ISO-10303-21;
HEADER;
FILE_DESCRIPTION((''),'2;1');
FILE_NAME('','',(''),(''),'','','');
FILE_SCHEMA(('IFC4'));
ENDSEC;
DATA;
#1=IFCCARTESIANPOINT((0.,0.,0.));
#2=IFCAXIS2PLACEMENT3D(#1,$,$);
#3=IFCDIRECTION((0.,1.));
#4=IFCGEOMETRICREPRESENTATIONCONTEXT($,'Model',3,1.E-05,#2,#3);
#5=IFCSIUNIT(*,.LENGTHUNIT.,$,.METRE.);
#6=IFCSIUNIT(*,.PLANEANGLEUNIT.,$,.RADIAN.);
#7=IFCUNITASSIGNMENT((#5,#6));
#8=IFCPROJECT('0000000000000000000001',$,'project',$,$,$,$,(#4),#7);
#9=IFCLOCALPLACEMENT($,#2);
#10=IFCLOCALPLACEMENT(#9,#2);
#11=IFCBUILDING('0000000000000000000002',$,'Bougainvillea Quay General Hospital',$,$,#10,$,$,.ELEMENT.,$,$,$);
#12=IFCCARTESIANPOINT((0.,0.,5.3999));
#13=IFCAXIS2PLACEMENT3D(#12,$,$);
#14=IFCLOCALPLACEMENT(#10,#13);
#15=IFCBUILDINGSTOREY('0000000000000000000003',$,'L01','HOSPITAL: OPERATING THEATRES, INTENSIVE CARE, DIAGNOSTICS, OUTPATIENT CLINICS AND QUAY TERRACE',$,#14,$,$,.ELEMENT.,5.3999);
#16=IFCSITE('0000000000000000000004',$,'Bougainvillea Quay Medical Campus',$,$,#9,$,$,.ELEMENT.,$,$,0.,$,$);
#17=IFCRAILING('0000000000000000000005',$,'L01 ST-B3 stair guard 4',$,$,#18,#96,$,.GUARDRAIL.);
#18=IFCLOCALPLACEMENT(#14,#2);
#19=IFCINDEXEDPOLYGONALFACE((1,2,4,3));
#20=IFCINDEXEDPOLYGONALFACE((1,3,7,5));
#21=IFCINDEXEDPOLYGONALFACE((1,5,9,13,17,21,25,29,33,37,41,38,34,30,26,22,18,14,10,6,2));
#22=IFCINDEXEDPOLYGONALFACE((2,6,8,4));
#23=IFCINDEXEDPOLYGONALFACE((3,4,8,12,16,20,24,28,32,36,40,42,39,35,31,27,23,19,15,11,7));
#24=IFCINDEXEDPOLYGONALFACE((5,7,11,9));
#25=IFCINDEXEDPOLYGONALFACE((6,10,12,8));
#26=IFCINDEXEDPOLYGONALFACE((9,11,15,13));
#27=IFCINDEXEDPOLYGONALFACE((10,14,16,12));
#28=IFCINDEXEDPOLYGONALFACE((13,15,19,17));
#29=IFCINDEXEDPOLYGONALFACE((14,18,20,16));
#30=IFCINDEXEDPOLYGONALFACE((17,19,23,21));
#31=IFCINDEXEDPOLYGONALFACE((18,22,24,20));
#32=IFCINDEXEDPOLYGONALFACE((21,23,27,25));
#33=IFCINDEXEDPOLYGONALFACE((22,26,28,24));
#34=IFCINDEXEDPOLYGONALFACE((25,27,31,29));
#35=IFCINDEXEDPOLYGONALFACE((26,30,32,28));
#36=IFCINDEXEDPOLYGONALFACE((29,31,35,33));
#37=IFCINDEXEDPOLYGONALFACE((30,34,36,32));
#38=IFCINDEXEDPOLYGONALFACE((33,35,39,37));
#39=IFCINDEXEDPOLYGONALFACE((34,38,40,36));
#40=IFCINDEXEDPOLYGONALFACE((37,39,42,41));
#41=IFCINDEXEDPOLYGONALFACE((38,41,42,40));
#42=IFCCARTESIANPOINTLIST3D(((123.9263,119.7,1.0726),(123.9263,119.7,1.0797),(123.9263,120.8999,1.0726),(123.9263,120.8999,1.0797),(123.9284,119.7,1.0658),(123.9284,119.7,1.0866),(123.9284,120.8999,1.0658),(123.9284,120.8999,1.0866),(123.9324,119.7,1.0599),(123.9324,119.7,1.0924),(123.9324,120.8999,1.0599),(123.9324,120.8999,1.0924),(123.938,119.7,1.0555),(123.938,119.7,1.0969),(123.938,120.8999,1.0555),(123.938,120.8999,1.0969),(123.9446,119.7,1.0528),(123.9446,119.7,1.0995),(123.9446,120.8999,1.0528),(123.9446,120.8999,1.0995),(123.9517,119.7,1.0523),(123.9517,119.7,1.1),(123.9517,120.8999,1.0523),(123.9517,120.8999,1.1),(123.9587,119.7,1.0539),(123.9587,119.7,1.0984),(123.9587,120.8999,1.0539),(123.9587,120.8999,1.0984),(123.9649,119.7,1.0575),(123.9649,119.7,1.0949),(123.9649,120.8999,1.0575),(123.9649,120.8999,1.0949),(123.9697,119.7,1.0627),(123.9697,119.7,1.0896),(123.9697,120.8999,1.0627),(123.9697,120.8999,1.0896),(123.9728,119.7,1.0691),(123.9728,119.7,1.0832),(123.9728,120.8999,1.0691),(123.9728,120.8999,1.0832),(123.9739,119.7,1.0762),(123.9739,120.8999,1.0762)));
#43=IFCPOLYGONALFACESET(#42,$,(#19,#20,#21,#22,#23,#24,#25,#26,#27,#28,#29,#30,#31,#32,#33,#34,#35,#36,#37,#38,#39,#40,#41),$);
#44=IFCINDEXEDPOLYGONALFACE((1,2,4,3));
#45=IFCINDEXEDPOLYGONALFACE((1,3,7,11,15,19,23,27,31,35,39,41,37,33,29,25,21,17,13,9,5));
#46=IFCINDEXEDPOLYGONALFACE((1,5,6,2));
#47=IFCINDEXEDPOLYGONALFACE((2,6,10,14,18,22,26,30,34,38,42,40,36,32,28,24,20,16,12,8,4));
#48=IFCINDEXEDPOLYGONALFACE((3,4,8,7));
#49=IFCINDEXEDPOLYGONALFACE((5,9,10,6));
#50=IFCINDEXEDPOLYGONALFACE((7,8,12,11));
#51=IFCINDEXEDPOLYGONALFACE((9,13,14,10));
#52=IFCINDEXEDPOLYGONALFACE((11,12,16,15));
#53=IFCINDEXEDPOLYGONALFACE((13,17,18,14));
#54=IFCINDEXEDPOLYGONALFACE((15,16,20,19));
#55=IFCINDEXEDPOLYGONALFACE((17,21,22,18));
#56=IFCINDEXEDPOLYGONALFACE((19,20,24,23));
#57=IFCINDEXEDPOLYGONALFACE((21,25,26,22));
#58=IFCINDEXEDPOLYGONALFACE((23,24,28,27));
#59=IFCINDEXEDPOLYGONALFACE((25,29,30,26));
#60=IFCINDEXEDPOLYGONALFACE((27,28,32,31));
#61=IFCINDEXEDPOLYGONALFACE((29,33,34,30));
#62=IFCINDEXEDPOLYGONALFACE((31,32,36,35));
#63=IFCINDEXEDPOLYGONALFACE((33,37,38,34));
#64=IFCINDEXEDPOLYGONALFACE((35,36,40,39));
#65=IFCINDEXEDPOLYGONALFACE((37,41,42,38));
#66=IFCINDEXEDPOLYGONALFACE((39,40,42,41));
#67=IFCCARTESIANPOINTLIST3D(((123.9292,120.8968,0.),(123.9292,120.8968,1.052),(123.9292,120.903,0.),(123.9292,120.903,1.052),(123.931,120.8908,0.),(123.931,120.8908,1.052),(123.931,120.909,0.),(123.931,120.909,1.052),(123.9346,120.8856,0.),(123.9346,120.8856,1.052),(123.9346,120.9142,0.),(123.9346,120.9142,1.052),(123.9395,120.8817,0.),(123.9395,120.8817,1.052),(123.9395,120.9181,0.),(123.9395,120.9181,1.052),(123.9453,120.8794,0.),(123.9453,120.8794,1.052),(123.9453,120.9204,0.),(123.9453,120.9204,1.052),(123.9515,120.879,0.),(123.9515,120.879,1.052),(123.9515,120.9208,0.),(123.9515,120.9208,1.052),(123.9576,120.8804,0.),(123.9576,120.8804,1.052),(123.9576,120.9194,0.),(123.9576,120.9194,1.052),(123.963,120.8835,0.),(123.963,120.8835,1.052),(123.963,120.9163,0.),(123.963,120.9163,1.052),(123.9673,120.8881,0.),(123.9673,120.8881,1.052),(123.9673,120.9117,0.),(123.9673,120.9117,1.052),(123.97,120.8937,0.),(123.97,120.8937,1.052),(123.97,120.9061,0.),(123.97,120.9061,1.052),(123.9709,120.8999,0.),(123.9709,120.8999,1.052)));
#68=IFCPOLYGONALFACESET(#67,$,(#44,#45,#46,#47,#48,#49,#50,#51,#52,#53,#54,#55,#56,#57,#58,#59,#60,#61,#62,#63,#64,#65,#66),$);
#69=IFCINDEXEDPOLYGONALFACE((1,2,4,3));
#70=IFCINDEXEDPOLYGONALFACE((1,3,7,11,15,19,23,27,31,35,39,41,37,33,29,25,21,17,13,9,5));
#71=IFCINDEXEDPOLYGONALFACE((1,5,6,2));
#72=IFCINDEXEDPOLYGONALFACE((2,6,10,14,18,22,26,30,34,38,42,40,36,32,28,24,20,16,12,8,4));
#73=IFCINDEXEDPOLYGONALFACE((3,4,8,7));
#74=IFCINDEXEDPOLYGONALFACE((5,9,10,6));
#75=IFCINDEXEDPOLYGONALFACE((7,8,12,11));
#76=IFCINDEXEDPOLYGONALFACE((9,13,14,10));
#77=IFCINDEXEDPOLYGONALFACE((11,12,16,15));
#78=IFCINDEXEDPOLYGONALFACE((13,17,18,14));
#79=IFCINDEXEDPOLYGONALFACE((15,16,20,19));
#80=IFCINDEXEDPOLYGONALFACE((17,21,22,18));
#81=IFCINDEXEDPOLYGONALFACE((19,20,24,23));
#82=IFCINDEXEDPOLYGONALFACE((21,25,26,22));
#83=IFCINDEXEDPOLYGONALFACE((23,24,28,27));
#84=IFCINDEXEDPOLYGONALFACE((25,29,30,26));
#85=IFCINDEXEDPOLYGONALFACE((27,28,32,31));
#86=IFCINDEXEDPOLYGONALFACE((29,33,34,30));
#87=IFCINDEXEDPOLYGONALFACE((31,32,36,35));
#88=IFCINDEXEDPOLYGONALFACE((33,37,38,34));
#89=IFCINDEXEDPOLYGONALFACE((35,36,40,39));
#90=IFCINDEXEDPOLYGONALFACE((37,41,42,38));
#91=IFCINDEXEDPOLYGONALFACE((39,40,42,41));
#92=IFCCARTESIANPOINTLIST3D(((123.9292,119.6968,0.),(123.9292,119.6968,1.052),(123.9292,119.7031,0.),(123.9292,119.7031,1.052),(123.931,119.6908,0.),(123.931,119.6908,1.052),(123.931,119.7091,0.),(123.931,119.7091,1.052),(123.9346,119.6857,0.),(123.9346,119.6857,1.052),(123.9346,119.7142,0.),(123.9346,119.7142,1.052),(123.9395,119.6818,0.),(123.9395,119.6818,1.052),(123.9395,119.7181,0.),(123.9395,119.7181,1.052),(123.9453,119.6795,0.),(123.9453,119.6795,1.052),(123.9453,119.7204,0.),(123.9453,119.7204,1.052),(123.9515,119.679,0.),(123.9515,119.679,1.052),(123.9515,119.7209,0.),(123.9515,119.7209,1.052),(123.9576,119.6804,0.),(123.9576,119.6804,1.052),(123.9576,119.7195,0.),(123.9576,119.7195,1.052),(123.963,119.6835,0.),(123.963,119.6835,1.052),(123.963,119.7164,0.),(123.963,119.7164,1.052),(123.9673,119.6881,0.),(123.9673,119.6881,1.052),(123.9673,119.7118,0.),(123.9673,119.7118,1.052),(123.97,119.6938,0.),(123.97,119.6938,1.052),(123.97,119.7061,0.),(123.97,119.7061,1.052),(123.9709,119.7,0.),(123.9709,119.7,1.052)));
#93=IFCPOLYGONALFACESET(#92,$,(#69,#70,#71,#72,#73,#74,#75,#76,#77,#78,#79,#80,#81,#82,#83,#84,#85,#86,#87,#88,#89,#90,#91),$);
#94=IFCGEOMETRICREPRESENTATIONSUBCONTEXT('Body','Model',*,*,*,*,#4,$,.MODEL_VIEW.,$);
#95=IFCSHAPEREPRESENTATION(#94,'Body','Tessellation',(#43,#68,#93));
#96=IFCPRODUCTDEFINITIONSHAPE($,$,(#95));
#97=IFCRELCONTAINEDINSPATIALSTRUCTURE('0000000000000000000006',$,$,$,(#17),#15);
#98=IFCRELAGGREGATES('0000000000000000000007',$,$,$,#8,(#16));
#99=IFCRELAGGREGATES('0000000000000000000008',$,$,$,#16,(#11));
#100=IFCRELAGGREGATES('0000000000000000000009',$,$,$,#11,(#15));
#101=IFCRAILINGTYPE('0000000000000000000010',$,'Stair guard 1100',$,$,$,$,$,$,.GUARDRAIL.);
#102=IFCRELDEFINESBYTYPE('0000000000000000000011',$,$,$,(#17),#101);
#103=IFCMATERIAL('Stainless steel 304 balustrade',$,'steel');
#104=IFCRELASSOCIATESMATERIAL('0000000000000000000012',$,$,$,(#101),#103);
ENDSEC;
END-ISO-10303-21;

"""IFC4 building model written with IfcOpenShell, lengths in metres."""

from ifc_helpers import new_model, si_unit, direction, frame, origin, origin_2d, place, context, subcontext, project, spatial, circle, extrude, material, type_object, element, save


model = new_model("IFC4")

# Units and contexts
model_context = context("Model", 3, precision=1e-05, world=origin(), true_north=direction((0.0, 1.0)))
body_context = subcontext(model_context, "Body", "Model", "MODEL_VIEW")
ifc_project = project(units=[si_unit("LENGTHUNIT", "METRE"), si_unit("PLANEANGLEUNIT", "RADIAN")], contexts=[model_context])

# Site, building, storey
site_placement = place(None, origin())
site = spatial("IfcSite", under=ifc_project, at=site_placement, Name="Bougainvillea Quay Medical Campus", CompositionType="ELEMENT", RefElevation=0.0)
building_placement = place(site_placement, origin())
building = spatial("IfcBuilding", under=site, at=building_placement, Name="Bougainvillea Quay General Hospital", CompositionType="ELEMENT")
storey_placement = place(building_placement, frame((0.0, 0.0, 5.3999)))
storey = spatial("IfcBuildingStorey", under=building, at=storey_placement, Name="L01", Description="HOSPITAL: OPERATING THEATRES, INTENSIVE CARE, DIAGNOSTICS, OUTPATIENT CLINICS AND QUAY TERRACE", CompositionType="ELEMENT", Elevation=5.3999)

# Railing
ifc_material_1 = material(Name="Stainless steel 304 balustrade", Category="steel")
railing_type_1 = type_object("IfcRailingType", Name="Stair guard 1100", PredefinedType="GUARDRAIL", material=ifc_material_1)
railing_1_placement = place(storey_placement, frame((123.95, 120.8999, 0.0)))
element("IfcRailing", 1, at=railing_1_placement, inside=storey, type_object=railing_type_1, Name="L01 ST-B3 stair guard 4", PredefinedType="GUARDRAIL", context=body_context, shape_type="SweptSolid", body=[
    extrude(circle(Radius=0.0239, at=origin_2d()), frame((0.0, 0.0, 1.0762), z_axis=(0.0, -1.0, 0.0), x_axis=(1.0, 0.0, 0.0)), (0.0, 0.0, 1.0), 1.2),
    extrude(circle(Radius=0.021, at=origin_2d()), origin(), (0.0, 0.0, 1.0), 1.052),
    extrude(circle(Radius=0.021, at=origin_2d()), frame((0.0, -1.2, 0.0)), (0.0, 0.0, 1.0), 1.052),
])

save(model, "model.ifc")
